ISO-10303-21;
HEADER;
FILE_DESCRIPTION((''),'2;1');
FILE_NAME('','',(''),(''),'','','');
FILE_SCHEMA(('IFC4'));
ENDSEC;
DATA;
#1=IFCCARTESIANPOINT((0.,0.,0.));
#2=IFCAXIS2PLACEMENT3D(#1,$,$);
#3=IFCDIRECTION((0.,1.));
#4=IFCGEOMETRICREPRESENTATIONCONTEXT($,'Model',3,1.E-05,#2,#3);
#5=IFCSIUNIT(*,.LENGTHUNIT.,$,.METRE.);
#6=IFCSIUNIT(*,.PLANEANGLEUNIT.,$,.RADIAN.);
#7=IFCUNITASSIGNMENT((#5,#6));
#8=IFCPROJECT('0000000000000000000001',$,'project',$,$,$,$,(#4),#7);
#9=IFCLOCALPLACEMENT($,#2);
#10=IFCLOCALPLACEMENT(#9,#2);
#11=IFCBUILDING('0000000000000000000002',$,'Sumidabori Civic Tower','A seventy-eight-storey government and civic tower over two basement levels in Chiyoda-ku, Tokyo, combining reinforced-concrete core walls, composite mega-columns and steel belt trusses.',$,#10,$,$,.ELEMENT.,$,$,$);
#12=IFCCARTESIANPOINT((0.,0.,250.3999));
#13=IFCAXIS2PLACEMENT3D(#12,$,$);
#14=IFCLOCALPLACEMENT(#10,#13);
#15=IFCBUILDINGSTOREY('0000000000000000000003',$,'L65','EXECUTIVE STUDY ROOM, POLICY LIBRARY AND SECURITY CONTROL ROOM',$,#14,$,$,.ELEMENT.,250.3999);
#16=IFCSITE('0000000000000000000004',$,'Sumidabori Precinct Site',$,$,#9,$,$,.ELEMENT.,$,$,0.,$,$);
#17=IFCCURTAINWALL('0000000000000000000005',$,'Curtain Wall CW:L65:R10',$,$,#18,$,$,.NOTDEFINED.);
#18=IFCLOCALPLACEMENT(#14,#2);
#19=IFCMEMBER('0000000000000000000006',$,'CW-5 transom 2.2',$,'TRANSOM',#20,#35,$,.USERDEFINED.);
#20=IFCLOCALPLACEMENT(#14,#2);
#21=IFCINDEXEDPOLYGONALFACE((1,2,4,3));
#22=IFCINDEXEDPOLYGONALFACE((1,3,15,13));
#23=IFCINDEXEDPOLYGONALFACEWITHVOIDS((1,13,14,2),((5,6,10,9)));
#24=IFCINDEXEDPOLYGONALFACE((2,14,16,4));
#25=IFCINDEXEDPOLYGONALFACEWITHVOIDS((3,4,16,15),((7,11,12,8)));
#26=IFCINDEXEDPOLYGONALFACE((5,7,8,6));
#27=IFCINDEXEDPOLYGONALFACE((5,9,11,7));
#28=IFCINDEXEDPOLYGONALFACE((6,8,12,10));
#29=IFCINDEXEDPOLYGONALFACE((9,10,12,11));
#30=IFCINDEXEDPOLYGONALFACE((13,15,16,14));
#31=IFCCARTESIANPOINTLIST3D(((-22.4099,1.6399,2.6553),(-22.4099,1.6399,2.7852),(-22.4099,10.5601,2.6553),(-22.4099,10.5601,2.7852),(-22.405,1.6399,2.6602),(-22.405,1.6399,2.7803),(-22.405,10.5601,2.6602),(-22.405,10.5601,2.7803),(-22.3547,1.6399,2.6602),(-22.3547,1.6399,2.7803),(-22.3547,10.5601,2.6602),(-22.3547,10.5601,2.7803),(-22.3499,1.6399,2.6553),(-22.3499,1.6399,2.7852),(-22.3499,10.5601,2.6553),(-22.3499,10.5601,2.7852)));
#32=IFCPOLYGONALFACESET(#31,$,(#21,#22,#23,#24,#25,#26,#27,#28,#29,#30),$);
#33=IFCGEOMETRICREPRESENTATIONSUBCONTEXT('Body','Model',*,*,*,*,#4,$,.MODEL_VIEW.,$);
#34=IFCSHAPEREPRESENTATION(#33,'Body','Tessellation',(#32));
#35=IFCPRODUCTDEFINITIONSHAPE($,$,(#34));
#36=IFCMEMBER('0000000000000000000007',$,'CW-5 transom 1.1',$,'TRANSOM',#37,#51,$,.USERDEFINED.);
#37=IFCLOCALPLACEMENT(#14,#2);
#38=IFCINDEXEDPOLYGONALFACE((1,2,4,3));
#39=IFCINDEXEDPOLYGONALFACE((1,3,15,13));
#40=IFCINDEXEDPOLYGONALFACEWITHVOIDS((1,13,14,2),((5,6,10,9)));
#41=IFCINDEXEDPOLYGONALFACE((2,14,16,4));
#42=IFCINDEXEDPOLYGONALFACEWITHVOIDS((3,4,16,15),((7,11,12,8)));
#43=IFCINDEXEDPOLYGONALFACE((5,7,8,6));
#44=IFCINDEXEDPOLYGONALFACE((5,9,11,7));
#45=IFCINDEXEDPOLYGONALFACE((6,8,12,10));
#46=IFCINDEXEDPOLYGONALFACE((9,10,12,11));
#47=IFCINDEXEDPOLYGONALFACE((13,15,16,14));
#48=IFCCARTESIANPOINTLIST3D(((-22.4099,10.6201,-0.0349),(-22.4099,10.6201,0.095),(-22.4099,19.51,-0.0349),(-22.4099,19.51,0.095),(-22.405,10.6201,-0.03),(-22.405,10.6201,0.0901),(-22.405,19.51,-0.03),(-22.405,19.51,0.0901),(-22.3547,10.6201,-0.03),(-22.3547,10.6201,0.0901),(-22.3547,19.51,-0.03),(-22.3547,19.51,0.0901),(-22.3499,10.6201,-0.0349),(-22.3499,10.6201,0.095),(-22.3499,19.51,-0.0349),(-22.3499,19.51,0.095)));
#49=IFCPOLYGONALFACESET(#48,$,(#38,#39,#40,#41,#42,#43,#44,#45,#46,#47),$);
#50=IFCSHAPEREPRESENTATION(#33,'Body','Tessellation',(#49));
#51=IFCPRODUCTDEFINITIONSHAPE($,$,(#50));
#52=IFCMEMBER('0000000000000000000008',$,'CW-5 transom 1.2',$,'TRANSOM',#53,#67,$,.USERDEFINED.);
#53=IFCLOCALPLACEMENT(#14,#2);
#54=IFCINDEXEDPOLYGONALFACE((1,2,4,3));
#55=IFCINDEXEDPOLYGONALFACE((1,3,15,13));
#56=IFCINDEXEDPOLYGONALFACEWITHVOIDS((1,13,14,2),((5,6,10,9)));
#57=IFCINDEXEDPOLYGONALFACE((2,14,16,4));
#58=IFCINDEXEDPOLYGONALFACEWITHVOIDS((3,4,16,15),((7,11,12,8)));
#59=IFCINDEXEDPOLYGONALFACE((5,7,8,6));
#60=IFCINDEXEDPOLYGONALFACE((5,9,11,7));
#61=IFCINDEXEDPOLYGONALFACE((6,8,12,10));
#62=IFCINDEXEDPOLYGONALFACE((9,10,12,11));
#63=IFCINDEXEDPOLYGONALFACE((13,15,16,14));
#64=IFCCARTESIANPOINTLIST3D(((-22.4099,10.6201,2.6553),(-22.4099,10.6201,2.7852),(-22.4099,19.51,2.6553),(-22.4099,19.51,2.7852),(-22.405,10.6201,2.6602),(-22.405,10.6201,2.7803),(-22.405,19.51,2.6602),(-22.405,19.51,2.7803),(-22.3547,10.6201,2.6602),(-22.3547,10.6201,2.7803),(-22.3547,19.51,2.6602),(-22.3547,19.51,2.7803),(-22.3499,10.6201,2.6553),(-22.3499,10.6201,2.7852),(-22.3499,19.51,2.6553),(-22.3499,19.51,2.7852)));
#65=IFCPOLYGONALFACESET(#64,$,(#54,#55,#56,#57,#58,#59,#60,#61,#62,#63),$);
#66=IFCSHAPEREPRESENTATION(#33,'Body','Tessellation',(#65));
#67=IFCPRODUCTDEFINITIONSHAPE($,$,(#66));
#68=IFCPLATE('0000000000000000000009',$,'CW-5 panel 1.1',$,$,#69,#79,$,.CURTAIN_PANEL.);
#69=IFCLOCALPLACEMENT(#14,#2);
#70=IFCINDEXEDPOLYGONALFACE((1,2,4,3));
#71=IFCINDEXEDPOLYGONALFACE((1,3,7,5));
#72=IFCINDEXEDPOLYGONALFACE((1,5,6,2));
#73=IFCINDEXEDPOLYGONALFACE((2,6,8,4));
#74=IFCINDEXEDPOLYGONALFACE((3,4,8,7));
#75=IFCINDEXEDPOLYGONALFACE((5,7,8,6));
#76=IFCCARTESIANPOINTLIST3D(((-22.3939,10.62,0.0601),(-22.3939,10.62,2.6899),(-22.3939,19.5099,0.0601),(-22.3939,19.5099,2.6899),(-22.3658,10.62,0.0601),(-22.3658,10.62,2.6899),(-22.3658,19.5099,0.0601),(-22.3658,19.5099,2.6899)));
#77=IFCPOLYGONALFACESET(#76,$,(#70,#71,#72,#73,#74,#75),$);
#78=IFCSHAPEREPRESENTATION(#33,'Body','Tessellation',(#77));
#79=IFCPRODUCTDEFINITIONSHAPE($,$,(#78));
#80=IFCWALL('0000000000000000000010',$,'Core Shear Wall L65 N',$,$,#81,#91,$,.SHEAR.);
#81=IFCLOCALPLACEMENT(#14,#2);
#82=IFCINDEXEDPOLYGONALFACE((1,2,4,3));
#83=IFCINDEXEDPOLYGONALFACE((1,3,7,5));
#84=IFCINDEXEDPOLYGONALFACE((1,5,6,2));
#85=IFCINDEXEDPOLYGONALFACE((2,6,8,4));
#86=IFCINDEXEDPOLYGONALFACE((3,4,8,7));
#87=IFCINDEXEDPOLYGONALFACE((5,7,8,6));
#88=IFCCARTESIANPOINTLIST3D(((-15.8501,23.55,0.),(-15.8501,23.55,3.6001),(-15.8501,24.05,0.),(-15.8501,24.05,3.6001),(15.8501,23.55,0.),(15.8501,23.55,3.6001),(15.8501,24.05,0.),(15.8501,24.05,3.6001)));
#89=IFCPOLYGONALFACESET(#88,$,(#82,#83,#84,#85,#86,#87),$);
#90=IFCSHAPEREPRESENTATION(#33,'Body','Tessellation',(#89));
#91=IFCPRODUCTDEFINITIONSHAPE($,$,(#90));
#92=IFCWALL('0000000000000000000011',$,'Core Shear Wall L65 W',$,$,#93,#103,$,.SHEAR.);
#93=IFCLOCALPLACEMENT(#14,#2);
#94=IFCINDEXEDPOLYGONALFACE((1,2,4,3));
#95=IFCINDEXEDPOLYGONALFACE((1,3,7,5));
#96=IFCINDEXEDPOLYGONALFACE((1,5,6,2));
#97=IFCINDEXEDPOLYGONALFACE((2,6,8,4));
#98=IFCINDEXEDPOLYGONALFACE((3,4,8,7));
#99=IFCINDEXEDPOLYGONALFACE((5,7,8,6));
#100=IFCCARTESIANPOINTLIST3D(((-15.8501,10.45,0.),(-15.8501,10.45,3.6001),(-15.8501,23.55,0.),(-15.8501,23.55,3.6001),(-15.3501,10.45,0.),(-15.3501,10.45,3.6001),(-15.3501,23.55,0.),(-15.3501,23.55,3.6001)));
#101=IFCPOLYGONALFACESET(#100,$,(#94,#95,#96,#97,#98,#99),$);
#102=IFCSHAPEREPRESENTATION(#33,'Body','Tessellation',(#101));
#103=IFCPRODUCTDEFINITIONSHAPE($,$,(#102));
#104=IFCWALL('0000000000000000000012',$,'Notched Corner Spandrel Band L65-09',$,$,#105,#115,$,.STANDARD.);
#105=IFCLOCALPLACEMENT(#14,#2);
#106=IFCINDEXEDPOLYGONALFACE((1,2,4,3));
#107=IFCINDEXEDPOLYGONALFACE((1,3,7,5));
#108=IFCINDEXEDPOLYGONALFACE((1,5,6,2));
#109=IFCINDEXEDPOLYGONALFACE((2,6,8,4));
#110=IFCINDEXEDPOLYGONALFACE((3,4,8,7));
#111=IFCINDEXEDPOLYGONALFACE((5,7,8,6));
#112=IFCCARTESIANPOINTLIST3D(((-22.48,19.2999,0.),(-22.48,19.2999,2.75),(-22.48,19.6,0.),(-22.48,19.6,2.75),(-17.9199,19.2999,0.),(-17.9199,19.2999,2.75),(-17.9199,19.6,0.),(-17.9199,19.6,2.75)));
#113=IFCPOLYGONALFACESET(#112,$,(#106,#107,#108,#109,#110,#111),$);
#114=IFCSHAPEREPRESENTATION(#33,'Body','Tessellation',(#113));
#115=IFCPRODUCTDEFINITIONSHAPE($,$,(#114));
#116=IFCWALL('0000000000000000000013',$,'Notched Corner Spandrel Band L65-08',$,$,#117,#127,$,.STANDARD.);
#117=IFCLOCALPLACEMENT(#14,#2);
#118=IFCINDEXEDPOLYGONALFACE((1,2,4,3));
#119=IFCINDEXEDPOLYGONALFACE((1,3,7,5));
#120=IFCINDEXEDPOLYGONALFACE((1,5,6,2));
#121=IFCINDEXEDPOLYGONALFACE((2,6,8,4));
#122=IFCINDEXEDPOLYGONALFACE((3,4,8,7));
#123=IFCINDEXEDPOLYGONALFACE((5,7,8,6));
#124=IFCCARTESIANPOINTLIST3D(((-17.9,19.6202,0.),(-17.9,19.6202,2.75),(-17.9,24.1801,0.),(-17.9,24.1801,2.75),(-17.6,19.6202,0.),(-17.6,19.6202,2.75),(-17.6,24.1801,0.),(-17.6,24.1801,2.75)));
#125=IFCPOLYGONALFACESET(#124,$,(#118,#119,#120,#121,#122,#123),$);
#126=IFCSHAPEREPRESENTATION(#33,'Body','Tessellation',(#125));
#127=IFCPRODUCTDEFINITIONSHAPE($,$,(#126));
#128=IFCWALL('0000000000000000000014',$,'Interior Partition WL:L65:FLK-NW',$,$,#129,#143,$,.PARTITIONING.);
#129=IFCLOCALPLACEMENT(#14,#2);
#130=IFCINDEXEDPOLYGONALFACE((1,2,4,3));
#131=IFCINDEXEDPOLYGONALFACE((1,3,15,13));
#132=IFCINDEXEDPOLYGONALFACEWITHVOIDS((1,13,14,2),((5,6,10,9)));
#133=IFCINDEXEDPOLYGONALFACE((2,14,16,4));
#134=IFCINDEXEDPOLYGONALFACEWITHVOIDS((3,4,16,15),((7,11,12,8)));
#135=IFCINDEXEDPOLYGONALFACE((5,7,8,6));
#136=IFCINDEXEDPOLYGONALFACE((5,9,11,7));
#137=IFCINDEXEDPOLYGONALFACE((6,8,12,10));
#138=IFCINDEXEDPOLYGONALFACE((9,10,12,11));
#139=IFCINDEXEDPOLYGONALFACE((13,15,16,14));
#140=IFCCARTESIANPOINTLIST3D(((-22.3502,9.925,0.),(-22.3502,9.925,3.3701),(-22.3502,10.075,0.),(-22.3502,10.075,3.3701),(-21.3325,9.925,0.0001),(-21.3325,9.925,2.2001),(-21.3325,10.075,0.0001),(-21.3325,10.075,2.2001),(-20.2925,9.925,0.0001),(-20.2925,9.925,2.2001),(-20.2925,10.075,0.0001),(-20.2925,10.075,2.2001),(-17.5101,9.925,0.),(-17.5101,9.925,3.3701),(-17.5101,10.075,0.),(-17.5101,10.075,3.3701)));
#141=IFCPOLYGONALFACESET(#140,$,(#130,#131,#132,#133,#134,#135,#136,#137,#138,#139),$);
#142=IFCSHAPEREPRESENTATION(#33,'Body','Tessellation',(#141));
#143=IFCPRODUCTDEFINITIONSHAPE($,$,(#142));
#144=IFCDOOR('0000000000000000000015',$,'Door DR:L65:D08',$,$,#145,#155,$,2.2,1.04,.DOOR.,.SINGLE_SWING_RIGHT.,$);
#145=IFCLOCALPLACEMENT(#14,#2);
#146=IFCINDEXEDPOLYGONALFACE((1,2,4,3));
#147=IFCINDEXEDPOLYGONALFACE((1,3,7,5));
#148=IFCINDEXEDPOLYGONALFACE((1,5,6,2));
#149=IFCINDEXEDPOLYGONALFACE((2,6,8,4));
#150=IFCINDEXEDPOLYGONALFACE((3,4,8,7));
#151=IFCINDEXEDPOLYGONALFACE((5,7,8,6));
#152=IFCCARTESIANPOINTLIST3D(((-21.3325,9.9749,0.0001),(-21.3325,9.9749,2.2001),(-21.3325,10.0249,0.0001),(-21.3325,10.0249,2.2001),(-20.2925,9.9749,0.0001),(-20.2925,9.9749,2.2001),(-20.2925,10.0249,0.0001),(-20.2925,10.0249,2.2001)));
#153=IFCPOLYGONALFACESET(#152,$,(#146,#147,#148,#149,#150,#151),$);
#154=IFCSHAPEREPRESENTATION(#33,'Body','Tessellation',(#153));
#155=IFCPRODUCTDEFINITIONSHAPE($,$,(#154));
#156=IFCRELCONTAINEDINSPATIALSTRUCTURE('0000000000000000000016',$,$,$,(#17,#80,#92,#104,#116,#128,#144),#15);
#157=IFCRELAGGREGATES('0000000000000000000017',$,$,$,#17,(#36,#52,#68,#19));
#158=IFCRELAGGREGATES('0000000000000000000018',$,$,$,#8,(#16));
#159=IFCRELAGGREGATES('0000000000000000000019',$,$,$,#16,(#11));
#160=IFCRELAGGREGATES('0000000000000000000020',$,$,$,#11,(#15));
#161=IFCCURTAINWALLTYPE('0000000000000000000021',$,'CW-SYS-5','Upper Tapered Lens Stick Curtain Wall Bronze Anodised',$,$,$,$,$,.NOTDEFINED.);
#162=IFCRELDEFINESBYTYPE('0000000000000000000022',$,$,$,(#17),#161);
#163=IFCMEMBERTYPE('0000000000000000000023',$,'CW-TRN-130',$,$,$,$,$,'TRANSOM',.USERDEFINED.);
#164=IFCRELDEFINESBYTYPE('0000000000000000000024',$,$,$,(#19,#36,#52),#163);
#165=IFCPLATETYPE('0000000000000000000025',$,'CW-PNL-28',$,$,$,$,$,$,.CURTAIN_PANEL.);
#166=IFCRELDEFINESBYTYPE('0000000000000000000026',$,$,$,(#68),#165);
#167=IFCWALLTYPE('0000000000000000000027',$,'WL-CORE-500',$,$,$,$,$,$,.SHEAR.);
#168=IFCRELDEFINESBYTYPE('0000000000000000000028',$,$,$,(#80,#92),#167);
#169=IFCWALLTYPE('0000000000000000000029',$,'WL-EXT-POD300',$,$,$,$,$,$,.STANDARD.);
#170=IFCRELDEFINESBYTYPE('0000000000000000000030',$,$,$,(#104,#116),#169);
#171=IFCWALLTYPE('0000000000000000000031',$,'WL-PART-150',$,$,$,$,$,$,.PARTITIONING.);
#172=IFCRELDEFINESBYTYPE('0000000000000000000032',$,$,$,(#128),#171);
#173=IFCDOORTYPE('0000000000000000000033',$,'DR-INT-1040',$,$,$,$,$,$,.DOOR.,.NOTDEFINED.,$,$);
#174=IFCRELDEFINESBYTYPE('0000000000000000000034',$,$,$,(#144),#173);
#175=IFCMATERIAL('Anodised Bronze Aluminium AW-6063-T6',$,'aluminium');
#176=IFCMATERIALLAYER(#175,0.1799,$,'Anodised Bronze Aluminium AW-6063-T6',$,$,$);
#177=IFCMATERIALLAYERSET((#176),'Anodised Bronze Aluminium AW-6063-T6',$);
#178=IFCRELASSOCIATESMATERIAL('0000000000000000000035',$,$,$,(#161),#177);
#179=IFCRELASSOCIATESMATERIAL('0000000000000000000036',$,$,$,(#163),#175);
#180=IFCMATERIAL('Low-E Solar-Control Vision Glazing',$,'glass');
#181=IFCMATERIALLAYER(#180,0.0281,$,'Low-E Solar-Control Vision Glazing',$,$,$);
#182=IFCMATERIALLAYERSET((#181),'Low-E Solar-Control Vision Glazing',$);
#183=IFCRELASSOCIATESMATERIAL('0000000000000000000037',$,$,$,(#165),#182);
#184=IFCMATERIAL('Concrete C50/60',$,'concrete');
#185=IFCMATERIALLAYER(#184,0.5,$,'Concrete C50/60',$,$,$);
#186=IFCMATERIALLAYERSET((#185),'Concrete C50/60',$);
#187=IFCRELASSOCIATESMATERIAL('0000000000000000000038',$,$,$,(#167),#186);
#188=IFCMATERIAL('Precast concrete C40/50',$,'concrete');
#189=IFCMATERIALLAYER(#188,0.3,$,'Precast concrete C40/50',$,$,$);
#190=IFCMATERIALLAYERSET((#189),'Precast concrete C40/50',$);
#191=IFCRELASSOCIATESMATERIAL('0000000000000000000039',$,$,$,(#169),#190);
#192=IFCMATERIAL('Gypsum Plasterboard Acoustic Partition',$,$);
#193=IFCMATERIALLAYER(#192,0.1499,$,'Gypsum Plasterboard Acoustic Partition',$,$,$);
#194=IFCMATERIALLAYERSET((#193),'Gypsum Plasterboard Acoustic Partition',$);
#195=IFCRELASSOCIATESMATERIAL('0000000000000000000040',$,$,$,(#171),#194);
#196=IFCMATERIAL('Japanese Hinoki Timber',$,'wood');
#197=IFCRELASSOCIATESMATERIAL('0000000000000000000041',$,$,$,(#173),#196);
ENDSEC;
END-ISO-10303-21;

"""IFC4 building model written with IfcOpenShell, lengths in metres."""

from ifc_helpers import new_model, si_unit, direction, frame, frame_2d, origin, origin_2d, place, context, subcontext, project, spatial, rectangle, hollow_rectangle, extrude, source, transform, mapped, material, layer, layer_set, material_profile, profile_set, type_object, element, fill, aggregate, save


model = new_model("IFC4")

# Units and contexts
model_context = context("Model", 3, precision=1e-05, world=origin(), true_north=direction((0.0, 1.0)))
body_context = subcontext(model_context, "Body", "Model", "MODEL_VIEW")
ifc_project = project(units=[si_unit("LENGTHUNIT", "METRE"), si_unit("PLANEANGLEUNIT", "RADIAN")], contexts=[model_context])

# Site, building, storey
site_placement = place(None, origin())
site = spatial("IfcSite", under=ifc_project, at=site_placement, Name="Sumidabori Precinct Site", CompositionType="ELEMENT", RefElevation=0.0)
building_placement = place(site_placement, origin())
building = spatial("IfcBuilding", under=site, at=building_placement, Name="Sumidabori Civic Tower", Description="A seventy-eight-storey government and civic tower over two basement levels in Chiyoda-ku, Tokyo, combining reinforced-concrete core walls, composite mega-columns and steel belt trusses.", CompositionType="ELEMENT")
storey_placement = place(building_placement, frame((0.0, 0.0, 250.3999)))
storey = spatial("IfcBuildingStorey", under=building, at=storey_placement, Name="L65", Description="EXECUTIVE STUDY ROOM, POLICY LIBRARY AND SECURITY CONTROL ROOM", CompositionType="ELEMENT", Elevation=250.3999)

# Shared definitions
ifc_material_1 = material(Name="Anodised Bronze Aluminium AW-6063-T6", Category="aluminium")
ifc_layer_1 = layer(ifc_material_1, 0.1799, Name="Anodised Bronze Aluminium AW-6063-T6")
ifc_layer_set_1 = layer_set([ifc_layer_1], Name="Anodised Bronze Aluminium AW-6063-T6")
curtain_wall_type = type_object("IfcCurtainWallType", Name="CW-SYS-5", Description="Upper Tapered Lens Stick Curtain Wall Bronze Anodised", PredefinedType="NOTDEFINED", material=ifc_layer_set_1)

# Curtain wall, members, plate
curtain_wall_1_placement = place(storey_placement, origin())
curtain_wall_1 = element("IfcCurtainWall", 1, at=curtain_wall_1_placement, inside=storey, type_object=curtain_wall_type, Name="Curtain Wall CW:L65:R10", PredefinedType="NOTDEFINED")
ifc_material_profile_1 = material_profile(ifc_material_1, hollow_rectangle(XDim=0.0601, YDim=0.1299, WallThickness=0.0049, at=origin_2d()), Name="ALU TRANSOM 130x60")
ifc_profile_set_1 = profile_set([ifc_material_profile_1], Name="Anodised Bronze Aluminium AW-6063-T6")
member_type_1 = type_object("IfcMemberType", Name="CW-TRN-130", ElementType="TRANSOM", PredefinedType="USERDEFINED", material=ifc_profile_set_1)
shared_shape_1 = source(origin(), body_context, "Body", "SweptSolid", [
    extrude(hollow_rectangle(XDim=0.0601, YDim=0.1299, WallThickness=0.0049, at=origin_2d()), origin(), (0.0, 0.0, 1.0), 8.9202),
])
member_1_placement = place(storey_placement, frame((-22.3799, 10.5601, 2.7202), z_axis=(0.0, -1.0, 0.0), x_axis=(1.0, 0.0, 0.0)))
member_1 = element("IfcMember", 2, at=member_1_placement, type_object=member_type_1, Name="CW-5 transom 2.2", ObjectType="TRANSOM", PredefinedType="USERDEFINED", context=body_context, shape_type="MappedRepresentation", body=[
    mapped(shared_shape_1, transform((0.0, 0.0, 0.0), x_axis=(1.0, 0.0, 0.0), y_axis=(0.0, 1.0, 0.0), z_axis=(0.0, 0.0, 1.0), scale=1.0)),
])
shared_shape_2 = source(origin(), body_context, "Body", "SweptSolid", [
    extrude(hollow_rectangle(XDim=0.0601, YDim=0.1299, WallThickness=0.0049, at=origin_2d()), origin(), (0.0, 0.0, 1.0), 8.8899),
])
member_2_placement = place(storey_placement, frame((-22.3799, 19.51, 0.03), z_axis=(0.0, -1.0, 0.0), x_axis=(1.0, 0.0, 0.0)))
member_2 = element("IfcMember", 3, at=member_2_placement, type_object=member_type_1, Name="CW-5 transom 1.1", ObjectType="TRANSOM", PredefinedType="USERDEFINED", context=body_context, shape_type="MappedRepresentation", body=[
    mapped(shared_shape_2, transform((0.0, 0.0, 0.0), x_axis=(1.0, 0.0, 0.0), y_axis=(0.0, 1.0, 0.0), z_axis=(0.0, 0.0, 1.0), scale=1.0)),
])
member_3_placement = place(storey_placement, frame((-22.3799, 19.51, 2.7202), z_axis=(0.0, -1.0, 0.0), x_axis=(1.0, 0.0, 0.0)))
member_3 = element("IfcMember", 4, at=member_3_placement, type_object=member_type_1, Name="CW-5 transom 1.2", ObjectType="TRANSOM", PredefinedType="USERDEFINED", context=body_context, shape_type="MappedRepresentation", body=[
    mapped(shared_shape_2, transform((0.0, 0.0, 0.0), x_axis=(1.0, 0.0, 0.0), y_axis=(0.0, 1.0, 0.0), z_axis=(0.0, 0.0, 1.0), scale=1.0)),
])
ifc_material_2 = material(Name="Low-E Solar-Control Vision Glazing", Category="glass")
ifc_layer_2 = layer(ifc_material_2, 0.0281, Name="Low-E Solar-Control Vision Glazing")
ifc_layer_set_2 = layer_set([ifc_layer_2], Name="Low-E Solar-Control Vision Glazing")
plate_type = type_object("IfcPlateType", Name="CW-PNL-28", PredefinedType="CURTAIN_PANEL", material=ifc_layer_set_2)
shared_shape_3 = source(origin(), body_context, "Body", "SweptSolid", [
    extrude(rectangle(XDim=8.8899, YDim=0.0281, at=origin_2d()), origin(), (0.0, 0.0, 1.0), 2.6299),
])
plate_placement = place(storey_placement, frame((-22.3799, 15.0649, 0.0601), z_axis=(0.0, 0.0, 1.0), x_axis=(0.0, -1.0, 0.0)))
plate = element("IfcPlate", 5, at=plate_placement, type_object=plate_type, Name="CW-5 panel 1.1", PredefinedType="CURTAIN_PANEL", context=body_context, shape_type="MappedRepresentation", body=[
    mapped(shared_shape_3, transform((0.0, 0.0, 0.0), x_axis=(1.0, 0.0, 0.0), y_axis=(0.0, 1.0, 0.0), z_axis=(0.0, 0.0, 1.0), scale=1.0)),
])
aggregate(curtain_wall_1, [member_2, member_3, plate, member_1])

# Wall
ifc_material_3 = material(Name="Concrete C50/60", Category="concrete")
ifc_layer_3 = layer(ifc_material_3, 0.5, Name="Concrete C50/60")
ifc_layer_set_3 = layer_set([ifc_layer_3], Name="Concrete C50/60")
wall_type_1 = type_object("IfcWallType", Name="WL-CORE-500", PredefinedType="SHEAR", material=ifc_layer_set_3)
shared_shape_4 = source(origin(), body_context, "Body", "SweptSolid", [
    extrude(rectangle(XDim=31.7002, YDim=0.5, at=frame_2d((15.8501, 0.0))), origin(), (0.0, 0.0, 1.0), 3.6001),
])
wall_1_placement = place(storey_placement, frame((-15.8501, 23.8, 0.0), z_axis=(0.0, 0.0, 1.0), x_axis=(1.0, 0.0, 0.0)))
element("IfcWall", 6, at=wall_1_placement, inside=storey, type_object=wall_type_1, Name="Core Shear Wall L65 N", PredefinedType="SHEAR", context=body_context, shape_type="MappedRepresentation", body=[
    mapped(shared_shape_4, transform((0.0, 0.0, 0.0), x_axis=(1.0, 0.0, 0.0), y_axis=(0.0, 1.0, 0.0), z_axis=(0.0, 0.0, 1.0), scale=1.0)),
])

# Wall
shared_shape_5 = source(origin(), body_context, "Body", "SweptSolid", [
    extrude(rectangle(XDim=13.1001, YDim=0.5, at=frame_2d((6.55, 0.0))), origin(), (0.0, 0.0, 1.0), 3.6001),
])
wall_2_placement = place(storey_placement, frame((-15.6001, 10.45, 0.0), z_axis=(0.0, 0.0, 1.0), x_axis=(0.0, 1.0, 0.0)))
element("IfcWall", 7, at=wall_2_placement, inside=storey, type_object=wall_type_1, Name="Core Shear Wall L65 W", PredefinedType="SHEAR", context=body_context, shape_type="MappedRepresentation", body=[
    mapped(shared_shape_5, transform((0.0, 0.0, 0.0), x_axis=(1.0, 0.0, 0.0), y_axis=(0.0, 1.0, 0.0), z_axis=(0.0, 0.0, 1.0), scale=1.0)),
])

# Walls
ifc_material_4 = material(Name="Precast concrete C40/50", Category="concrete")
ifc_layer_4 = layer(ifc_material_4, 0.3, Name="Precast concrete C40/50")
ifc_layer_set_4 = layer_set([ifc_layer_4], Name="Precast concrete C40/50")
wall_type_2 = type_object("IfcWallType", Name="WL-EXT-POD300", PredefinedType="STANDARD", material=ifc_layer_set_4)
shared_shape_6 = source(origin(), body_context, "Body", "SweptSolid", [
    extrude(rectangle(XDim=4.5601, YDim=0.3, at=frame_2d((2.28, 0.0))), origin(), (0.0, 0.0, 1.0), 2.75),
])
wall_3_placement = place(storey_placement, frame((-17.9199, 19.45, 0.0), z_axis=(0.0, 0.0, 1.0), x_axis=(-1.0, 0.0, 0.0)))
element("IfcWall", 8, at=wall_3_placement, inside=storey, type_object=wall_type_2, Name="Notched Corner Spandrel Band L65-09", PredefinedType="STANDARD", context=body_context, shape_type="MappedRepresentation", body=[
    mapped(shared_shape_6, transform((0.0, 0.0, 0.0), x_axis=(1.0, 0.0, 0.0), y_axis=(0.0, 1.0, 0.0), z_axis=(0.0, 0.0, 1.0), scale=1.0)),
])
shared_shape_7 = source(origin(), body_context, "Body", "SweptSolid", [
    extrude(rectangle(XDim=4.5598, YDim=0.3, at=frame_2d((2.2798, 0.0))), origin(), (0.0, 0.0, 1.0), 2.75),
])
wall_4_placement = place(storey_placement, frame((-17.75, 24.1799, 0.0), z_axis=(0.0, 0.0, 1.0), x_axis=(0.0, -1.0, 0.0)))
element("IfcWall", 9, at=wall_4_placement, inside=storey, type_object=wall_type_2, Name="Notched Corner Spandrel Band L65-08", PredefinedType="STANDARD", context=body_context, shape_type="MappedRepresentation", body=[
    mapped(shared_shape_7, transform((0.0, 0.0, 0.0), x_axis=(1.0, 0.0, 0.0), y_axis=(0.0, 1.0, 0.0), z_axis=(0.0, 0.0, 1.0), scale=1.0)),
])

# Wall, opening, door
ifc_material_5 = material(Name="Gypsum Plasterboard Acoustic Partition")
ifc_layer_5 = layer(ifc_material_5, 0.1499, Name="Gypsum Plasterboard Acoustic Partition")
ifc_layer_set_5 = layer_set([ifc_layer_5], Name="Gypsum Plasterboard Acoustic Partition")
wall_type_3 = type_object("IfcWallType", Name="WL-PART-150", PredefinedType="PARTITIONING", material=ifc_layer_set_5)
shared_shape_8 = source(origin(), body_context, "Body", "SweptSolid", [
    extrude(rectangle(XDim=4.8401, YDim=0.1499, at=frame_2d((2.4199, 0.0))), origin(), (0.0, 0.0, 1.0), 3.3701),
])
wall_5_placement = place(storey_placement, frame((-22.3501, 10.0, 0.0), z_axis=(0.0, 0.0, 1.0), x_axis=(1.0, 0.0, 0.0)))
wall_5 = element("IfcWall", 10, at=wall_5_placement, inside=storey, type_object=wall_type_3, Name="Interior Partition WL:L65:FLK-NW", PredefinedType="PARTITIONING", context=body_context, shape_type="MappedRepresentation", body=[
    mapped(shared_shape_8, transform((0.0, 0.0, 0.0), x_axis=(1.0, 0.0, 0.0), y_axis=(0.0, 1.0, 0.0), z_axis=(0.0, 0.0, 1.0), scale=1.0)),
])
opening_1_placement = place(wall_5_placement, frame((1.0176, 0.0, 0.0)))
opening_1 = element("IfcOpeningElement", 11, at=opening_1_placement, cuts=wall_5, PredefinedType="OPENING", context=body_context, shape_type="SweptSolid", body=[
    extrude(rectangle(XDim=1.04, YDim=2.2, at=frame_2d((0.52, 1.1001))), frame((0.0, 0.0869, 0.0), z_axis=(0.0, -1.0, 0.0), x_axis=(1.0, 0.0, 0.0)), (0.0, 0.0, 1.0), 0.1738),
])
ifc_material_6 = material(Name="Japanese Hinoki Timber", Category="wood")
door_type_1 = type_object("IfcDoorType", Name="DR-INT-1040", OperationType="NOTDEFINED", PredefinedType="DOOR", material=ifc_material_6)
shared_shape_9 = source(origin(), body_context, "Body", "SweptSolid", [
    extrude(rectangle(XDim=1.04, YDim=2.2, at=frame_2d((0.52, 1.1001))), frame((0.0, 0.0249, 0.0), z_axis=(0.0, -1.0, 0.0), x_axis=(1.0, 0.0, 0.0)), (0.0, 0.0, 1.0), 0.05),
])
door_1_placement = place(opening_1_placement, origin())
door_1 = element("IfcDoor", 12, at=door_1_placement, inside=storey, type_object=door_type_1, Name="Door DR:L65:D08", OperationType="SINGLE_SWING_RIGHT", OverallHeight=2.2, OverallWidth=1.04, PredefinedType="DOOR", context=body_context, shape_type="MappedRepresentation", body=[
    mapped(shared_shape_9, transform((0.0, 0.0, 0.0), x_axis=(1.0, 0.0, 0.0), y_axis=(0.0, 1.0, 0.0), z_axis=(0.0, 0.0, 1.0), scale=1.0)),
])
fill(opening_1, door_1)

save(model, "model.ifc")
